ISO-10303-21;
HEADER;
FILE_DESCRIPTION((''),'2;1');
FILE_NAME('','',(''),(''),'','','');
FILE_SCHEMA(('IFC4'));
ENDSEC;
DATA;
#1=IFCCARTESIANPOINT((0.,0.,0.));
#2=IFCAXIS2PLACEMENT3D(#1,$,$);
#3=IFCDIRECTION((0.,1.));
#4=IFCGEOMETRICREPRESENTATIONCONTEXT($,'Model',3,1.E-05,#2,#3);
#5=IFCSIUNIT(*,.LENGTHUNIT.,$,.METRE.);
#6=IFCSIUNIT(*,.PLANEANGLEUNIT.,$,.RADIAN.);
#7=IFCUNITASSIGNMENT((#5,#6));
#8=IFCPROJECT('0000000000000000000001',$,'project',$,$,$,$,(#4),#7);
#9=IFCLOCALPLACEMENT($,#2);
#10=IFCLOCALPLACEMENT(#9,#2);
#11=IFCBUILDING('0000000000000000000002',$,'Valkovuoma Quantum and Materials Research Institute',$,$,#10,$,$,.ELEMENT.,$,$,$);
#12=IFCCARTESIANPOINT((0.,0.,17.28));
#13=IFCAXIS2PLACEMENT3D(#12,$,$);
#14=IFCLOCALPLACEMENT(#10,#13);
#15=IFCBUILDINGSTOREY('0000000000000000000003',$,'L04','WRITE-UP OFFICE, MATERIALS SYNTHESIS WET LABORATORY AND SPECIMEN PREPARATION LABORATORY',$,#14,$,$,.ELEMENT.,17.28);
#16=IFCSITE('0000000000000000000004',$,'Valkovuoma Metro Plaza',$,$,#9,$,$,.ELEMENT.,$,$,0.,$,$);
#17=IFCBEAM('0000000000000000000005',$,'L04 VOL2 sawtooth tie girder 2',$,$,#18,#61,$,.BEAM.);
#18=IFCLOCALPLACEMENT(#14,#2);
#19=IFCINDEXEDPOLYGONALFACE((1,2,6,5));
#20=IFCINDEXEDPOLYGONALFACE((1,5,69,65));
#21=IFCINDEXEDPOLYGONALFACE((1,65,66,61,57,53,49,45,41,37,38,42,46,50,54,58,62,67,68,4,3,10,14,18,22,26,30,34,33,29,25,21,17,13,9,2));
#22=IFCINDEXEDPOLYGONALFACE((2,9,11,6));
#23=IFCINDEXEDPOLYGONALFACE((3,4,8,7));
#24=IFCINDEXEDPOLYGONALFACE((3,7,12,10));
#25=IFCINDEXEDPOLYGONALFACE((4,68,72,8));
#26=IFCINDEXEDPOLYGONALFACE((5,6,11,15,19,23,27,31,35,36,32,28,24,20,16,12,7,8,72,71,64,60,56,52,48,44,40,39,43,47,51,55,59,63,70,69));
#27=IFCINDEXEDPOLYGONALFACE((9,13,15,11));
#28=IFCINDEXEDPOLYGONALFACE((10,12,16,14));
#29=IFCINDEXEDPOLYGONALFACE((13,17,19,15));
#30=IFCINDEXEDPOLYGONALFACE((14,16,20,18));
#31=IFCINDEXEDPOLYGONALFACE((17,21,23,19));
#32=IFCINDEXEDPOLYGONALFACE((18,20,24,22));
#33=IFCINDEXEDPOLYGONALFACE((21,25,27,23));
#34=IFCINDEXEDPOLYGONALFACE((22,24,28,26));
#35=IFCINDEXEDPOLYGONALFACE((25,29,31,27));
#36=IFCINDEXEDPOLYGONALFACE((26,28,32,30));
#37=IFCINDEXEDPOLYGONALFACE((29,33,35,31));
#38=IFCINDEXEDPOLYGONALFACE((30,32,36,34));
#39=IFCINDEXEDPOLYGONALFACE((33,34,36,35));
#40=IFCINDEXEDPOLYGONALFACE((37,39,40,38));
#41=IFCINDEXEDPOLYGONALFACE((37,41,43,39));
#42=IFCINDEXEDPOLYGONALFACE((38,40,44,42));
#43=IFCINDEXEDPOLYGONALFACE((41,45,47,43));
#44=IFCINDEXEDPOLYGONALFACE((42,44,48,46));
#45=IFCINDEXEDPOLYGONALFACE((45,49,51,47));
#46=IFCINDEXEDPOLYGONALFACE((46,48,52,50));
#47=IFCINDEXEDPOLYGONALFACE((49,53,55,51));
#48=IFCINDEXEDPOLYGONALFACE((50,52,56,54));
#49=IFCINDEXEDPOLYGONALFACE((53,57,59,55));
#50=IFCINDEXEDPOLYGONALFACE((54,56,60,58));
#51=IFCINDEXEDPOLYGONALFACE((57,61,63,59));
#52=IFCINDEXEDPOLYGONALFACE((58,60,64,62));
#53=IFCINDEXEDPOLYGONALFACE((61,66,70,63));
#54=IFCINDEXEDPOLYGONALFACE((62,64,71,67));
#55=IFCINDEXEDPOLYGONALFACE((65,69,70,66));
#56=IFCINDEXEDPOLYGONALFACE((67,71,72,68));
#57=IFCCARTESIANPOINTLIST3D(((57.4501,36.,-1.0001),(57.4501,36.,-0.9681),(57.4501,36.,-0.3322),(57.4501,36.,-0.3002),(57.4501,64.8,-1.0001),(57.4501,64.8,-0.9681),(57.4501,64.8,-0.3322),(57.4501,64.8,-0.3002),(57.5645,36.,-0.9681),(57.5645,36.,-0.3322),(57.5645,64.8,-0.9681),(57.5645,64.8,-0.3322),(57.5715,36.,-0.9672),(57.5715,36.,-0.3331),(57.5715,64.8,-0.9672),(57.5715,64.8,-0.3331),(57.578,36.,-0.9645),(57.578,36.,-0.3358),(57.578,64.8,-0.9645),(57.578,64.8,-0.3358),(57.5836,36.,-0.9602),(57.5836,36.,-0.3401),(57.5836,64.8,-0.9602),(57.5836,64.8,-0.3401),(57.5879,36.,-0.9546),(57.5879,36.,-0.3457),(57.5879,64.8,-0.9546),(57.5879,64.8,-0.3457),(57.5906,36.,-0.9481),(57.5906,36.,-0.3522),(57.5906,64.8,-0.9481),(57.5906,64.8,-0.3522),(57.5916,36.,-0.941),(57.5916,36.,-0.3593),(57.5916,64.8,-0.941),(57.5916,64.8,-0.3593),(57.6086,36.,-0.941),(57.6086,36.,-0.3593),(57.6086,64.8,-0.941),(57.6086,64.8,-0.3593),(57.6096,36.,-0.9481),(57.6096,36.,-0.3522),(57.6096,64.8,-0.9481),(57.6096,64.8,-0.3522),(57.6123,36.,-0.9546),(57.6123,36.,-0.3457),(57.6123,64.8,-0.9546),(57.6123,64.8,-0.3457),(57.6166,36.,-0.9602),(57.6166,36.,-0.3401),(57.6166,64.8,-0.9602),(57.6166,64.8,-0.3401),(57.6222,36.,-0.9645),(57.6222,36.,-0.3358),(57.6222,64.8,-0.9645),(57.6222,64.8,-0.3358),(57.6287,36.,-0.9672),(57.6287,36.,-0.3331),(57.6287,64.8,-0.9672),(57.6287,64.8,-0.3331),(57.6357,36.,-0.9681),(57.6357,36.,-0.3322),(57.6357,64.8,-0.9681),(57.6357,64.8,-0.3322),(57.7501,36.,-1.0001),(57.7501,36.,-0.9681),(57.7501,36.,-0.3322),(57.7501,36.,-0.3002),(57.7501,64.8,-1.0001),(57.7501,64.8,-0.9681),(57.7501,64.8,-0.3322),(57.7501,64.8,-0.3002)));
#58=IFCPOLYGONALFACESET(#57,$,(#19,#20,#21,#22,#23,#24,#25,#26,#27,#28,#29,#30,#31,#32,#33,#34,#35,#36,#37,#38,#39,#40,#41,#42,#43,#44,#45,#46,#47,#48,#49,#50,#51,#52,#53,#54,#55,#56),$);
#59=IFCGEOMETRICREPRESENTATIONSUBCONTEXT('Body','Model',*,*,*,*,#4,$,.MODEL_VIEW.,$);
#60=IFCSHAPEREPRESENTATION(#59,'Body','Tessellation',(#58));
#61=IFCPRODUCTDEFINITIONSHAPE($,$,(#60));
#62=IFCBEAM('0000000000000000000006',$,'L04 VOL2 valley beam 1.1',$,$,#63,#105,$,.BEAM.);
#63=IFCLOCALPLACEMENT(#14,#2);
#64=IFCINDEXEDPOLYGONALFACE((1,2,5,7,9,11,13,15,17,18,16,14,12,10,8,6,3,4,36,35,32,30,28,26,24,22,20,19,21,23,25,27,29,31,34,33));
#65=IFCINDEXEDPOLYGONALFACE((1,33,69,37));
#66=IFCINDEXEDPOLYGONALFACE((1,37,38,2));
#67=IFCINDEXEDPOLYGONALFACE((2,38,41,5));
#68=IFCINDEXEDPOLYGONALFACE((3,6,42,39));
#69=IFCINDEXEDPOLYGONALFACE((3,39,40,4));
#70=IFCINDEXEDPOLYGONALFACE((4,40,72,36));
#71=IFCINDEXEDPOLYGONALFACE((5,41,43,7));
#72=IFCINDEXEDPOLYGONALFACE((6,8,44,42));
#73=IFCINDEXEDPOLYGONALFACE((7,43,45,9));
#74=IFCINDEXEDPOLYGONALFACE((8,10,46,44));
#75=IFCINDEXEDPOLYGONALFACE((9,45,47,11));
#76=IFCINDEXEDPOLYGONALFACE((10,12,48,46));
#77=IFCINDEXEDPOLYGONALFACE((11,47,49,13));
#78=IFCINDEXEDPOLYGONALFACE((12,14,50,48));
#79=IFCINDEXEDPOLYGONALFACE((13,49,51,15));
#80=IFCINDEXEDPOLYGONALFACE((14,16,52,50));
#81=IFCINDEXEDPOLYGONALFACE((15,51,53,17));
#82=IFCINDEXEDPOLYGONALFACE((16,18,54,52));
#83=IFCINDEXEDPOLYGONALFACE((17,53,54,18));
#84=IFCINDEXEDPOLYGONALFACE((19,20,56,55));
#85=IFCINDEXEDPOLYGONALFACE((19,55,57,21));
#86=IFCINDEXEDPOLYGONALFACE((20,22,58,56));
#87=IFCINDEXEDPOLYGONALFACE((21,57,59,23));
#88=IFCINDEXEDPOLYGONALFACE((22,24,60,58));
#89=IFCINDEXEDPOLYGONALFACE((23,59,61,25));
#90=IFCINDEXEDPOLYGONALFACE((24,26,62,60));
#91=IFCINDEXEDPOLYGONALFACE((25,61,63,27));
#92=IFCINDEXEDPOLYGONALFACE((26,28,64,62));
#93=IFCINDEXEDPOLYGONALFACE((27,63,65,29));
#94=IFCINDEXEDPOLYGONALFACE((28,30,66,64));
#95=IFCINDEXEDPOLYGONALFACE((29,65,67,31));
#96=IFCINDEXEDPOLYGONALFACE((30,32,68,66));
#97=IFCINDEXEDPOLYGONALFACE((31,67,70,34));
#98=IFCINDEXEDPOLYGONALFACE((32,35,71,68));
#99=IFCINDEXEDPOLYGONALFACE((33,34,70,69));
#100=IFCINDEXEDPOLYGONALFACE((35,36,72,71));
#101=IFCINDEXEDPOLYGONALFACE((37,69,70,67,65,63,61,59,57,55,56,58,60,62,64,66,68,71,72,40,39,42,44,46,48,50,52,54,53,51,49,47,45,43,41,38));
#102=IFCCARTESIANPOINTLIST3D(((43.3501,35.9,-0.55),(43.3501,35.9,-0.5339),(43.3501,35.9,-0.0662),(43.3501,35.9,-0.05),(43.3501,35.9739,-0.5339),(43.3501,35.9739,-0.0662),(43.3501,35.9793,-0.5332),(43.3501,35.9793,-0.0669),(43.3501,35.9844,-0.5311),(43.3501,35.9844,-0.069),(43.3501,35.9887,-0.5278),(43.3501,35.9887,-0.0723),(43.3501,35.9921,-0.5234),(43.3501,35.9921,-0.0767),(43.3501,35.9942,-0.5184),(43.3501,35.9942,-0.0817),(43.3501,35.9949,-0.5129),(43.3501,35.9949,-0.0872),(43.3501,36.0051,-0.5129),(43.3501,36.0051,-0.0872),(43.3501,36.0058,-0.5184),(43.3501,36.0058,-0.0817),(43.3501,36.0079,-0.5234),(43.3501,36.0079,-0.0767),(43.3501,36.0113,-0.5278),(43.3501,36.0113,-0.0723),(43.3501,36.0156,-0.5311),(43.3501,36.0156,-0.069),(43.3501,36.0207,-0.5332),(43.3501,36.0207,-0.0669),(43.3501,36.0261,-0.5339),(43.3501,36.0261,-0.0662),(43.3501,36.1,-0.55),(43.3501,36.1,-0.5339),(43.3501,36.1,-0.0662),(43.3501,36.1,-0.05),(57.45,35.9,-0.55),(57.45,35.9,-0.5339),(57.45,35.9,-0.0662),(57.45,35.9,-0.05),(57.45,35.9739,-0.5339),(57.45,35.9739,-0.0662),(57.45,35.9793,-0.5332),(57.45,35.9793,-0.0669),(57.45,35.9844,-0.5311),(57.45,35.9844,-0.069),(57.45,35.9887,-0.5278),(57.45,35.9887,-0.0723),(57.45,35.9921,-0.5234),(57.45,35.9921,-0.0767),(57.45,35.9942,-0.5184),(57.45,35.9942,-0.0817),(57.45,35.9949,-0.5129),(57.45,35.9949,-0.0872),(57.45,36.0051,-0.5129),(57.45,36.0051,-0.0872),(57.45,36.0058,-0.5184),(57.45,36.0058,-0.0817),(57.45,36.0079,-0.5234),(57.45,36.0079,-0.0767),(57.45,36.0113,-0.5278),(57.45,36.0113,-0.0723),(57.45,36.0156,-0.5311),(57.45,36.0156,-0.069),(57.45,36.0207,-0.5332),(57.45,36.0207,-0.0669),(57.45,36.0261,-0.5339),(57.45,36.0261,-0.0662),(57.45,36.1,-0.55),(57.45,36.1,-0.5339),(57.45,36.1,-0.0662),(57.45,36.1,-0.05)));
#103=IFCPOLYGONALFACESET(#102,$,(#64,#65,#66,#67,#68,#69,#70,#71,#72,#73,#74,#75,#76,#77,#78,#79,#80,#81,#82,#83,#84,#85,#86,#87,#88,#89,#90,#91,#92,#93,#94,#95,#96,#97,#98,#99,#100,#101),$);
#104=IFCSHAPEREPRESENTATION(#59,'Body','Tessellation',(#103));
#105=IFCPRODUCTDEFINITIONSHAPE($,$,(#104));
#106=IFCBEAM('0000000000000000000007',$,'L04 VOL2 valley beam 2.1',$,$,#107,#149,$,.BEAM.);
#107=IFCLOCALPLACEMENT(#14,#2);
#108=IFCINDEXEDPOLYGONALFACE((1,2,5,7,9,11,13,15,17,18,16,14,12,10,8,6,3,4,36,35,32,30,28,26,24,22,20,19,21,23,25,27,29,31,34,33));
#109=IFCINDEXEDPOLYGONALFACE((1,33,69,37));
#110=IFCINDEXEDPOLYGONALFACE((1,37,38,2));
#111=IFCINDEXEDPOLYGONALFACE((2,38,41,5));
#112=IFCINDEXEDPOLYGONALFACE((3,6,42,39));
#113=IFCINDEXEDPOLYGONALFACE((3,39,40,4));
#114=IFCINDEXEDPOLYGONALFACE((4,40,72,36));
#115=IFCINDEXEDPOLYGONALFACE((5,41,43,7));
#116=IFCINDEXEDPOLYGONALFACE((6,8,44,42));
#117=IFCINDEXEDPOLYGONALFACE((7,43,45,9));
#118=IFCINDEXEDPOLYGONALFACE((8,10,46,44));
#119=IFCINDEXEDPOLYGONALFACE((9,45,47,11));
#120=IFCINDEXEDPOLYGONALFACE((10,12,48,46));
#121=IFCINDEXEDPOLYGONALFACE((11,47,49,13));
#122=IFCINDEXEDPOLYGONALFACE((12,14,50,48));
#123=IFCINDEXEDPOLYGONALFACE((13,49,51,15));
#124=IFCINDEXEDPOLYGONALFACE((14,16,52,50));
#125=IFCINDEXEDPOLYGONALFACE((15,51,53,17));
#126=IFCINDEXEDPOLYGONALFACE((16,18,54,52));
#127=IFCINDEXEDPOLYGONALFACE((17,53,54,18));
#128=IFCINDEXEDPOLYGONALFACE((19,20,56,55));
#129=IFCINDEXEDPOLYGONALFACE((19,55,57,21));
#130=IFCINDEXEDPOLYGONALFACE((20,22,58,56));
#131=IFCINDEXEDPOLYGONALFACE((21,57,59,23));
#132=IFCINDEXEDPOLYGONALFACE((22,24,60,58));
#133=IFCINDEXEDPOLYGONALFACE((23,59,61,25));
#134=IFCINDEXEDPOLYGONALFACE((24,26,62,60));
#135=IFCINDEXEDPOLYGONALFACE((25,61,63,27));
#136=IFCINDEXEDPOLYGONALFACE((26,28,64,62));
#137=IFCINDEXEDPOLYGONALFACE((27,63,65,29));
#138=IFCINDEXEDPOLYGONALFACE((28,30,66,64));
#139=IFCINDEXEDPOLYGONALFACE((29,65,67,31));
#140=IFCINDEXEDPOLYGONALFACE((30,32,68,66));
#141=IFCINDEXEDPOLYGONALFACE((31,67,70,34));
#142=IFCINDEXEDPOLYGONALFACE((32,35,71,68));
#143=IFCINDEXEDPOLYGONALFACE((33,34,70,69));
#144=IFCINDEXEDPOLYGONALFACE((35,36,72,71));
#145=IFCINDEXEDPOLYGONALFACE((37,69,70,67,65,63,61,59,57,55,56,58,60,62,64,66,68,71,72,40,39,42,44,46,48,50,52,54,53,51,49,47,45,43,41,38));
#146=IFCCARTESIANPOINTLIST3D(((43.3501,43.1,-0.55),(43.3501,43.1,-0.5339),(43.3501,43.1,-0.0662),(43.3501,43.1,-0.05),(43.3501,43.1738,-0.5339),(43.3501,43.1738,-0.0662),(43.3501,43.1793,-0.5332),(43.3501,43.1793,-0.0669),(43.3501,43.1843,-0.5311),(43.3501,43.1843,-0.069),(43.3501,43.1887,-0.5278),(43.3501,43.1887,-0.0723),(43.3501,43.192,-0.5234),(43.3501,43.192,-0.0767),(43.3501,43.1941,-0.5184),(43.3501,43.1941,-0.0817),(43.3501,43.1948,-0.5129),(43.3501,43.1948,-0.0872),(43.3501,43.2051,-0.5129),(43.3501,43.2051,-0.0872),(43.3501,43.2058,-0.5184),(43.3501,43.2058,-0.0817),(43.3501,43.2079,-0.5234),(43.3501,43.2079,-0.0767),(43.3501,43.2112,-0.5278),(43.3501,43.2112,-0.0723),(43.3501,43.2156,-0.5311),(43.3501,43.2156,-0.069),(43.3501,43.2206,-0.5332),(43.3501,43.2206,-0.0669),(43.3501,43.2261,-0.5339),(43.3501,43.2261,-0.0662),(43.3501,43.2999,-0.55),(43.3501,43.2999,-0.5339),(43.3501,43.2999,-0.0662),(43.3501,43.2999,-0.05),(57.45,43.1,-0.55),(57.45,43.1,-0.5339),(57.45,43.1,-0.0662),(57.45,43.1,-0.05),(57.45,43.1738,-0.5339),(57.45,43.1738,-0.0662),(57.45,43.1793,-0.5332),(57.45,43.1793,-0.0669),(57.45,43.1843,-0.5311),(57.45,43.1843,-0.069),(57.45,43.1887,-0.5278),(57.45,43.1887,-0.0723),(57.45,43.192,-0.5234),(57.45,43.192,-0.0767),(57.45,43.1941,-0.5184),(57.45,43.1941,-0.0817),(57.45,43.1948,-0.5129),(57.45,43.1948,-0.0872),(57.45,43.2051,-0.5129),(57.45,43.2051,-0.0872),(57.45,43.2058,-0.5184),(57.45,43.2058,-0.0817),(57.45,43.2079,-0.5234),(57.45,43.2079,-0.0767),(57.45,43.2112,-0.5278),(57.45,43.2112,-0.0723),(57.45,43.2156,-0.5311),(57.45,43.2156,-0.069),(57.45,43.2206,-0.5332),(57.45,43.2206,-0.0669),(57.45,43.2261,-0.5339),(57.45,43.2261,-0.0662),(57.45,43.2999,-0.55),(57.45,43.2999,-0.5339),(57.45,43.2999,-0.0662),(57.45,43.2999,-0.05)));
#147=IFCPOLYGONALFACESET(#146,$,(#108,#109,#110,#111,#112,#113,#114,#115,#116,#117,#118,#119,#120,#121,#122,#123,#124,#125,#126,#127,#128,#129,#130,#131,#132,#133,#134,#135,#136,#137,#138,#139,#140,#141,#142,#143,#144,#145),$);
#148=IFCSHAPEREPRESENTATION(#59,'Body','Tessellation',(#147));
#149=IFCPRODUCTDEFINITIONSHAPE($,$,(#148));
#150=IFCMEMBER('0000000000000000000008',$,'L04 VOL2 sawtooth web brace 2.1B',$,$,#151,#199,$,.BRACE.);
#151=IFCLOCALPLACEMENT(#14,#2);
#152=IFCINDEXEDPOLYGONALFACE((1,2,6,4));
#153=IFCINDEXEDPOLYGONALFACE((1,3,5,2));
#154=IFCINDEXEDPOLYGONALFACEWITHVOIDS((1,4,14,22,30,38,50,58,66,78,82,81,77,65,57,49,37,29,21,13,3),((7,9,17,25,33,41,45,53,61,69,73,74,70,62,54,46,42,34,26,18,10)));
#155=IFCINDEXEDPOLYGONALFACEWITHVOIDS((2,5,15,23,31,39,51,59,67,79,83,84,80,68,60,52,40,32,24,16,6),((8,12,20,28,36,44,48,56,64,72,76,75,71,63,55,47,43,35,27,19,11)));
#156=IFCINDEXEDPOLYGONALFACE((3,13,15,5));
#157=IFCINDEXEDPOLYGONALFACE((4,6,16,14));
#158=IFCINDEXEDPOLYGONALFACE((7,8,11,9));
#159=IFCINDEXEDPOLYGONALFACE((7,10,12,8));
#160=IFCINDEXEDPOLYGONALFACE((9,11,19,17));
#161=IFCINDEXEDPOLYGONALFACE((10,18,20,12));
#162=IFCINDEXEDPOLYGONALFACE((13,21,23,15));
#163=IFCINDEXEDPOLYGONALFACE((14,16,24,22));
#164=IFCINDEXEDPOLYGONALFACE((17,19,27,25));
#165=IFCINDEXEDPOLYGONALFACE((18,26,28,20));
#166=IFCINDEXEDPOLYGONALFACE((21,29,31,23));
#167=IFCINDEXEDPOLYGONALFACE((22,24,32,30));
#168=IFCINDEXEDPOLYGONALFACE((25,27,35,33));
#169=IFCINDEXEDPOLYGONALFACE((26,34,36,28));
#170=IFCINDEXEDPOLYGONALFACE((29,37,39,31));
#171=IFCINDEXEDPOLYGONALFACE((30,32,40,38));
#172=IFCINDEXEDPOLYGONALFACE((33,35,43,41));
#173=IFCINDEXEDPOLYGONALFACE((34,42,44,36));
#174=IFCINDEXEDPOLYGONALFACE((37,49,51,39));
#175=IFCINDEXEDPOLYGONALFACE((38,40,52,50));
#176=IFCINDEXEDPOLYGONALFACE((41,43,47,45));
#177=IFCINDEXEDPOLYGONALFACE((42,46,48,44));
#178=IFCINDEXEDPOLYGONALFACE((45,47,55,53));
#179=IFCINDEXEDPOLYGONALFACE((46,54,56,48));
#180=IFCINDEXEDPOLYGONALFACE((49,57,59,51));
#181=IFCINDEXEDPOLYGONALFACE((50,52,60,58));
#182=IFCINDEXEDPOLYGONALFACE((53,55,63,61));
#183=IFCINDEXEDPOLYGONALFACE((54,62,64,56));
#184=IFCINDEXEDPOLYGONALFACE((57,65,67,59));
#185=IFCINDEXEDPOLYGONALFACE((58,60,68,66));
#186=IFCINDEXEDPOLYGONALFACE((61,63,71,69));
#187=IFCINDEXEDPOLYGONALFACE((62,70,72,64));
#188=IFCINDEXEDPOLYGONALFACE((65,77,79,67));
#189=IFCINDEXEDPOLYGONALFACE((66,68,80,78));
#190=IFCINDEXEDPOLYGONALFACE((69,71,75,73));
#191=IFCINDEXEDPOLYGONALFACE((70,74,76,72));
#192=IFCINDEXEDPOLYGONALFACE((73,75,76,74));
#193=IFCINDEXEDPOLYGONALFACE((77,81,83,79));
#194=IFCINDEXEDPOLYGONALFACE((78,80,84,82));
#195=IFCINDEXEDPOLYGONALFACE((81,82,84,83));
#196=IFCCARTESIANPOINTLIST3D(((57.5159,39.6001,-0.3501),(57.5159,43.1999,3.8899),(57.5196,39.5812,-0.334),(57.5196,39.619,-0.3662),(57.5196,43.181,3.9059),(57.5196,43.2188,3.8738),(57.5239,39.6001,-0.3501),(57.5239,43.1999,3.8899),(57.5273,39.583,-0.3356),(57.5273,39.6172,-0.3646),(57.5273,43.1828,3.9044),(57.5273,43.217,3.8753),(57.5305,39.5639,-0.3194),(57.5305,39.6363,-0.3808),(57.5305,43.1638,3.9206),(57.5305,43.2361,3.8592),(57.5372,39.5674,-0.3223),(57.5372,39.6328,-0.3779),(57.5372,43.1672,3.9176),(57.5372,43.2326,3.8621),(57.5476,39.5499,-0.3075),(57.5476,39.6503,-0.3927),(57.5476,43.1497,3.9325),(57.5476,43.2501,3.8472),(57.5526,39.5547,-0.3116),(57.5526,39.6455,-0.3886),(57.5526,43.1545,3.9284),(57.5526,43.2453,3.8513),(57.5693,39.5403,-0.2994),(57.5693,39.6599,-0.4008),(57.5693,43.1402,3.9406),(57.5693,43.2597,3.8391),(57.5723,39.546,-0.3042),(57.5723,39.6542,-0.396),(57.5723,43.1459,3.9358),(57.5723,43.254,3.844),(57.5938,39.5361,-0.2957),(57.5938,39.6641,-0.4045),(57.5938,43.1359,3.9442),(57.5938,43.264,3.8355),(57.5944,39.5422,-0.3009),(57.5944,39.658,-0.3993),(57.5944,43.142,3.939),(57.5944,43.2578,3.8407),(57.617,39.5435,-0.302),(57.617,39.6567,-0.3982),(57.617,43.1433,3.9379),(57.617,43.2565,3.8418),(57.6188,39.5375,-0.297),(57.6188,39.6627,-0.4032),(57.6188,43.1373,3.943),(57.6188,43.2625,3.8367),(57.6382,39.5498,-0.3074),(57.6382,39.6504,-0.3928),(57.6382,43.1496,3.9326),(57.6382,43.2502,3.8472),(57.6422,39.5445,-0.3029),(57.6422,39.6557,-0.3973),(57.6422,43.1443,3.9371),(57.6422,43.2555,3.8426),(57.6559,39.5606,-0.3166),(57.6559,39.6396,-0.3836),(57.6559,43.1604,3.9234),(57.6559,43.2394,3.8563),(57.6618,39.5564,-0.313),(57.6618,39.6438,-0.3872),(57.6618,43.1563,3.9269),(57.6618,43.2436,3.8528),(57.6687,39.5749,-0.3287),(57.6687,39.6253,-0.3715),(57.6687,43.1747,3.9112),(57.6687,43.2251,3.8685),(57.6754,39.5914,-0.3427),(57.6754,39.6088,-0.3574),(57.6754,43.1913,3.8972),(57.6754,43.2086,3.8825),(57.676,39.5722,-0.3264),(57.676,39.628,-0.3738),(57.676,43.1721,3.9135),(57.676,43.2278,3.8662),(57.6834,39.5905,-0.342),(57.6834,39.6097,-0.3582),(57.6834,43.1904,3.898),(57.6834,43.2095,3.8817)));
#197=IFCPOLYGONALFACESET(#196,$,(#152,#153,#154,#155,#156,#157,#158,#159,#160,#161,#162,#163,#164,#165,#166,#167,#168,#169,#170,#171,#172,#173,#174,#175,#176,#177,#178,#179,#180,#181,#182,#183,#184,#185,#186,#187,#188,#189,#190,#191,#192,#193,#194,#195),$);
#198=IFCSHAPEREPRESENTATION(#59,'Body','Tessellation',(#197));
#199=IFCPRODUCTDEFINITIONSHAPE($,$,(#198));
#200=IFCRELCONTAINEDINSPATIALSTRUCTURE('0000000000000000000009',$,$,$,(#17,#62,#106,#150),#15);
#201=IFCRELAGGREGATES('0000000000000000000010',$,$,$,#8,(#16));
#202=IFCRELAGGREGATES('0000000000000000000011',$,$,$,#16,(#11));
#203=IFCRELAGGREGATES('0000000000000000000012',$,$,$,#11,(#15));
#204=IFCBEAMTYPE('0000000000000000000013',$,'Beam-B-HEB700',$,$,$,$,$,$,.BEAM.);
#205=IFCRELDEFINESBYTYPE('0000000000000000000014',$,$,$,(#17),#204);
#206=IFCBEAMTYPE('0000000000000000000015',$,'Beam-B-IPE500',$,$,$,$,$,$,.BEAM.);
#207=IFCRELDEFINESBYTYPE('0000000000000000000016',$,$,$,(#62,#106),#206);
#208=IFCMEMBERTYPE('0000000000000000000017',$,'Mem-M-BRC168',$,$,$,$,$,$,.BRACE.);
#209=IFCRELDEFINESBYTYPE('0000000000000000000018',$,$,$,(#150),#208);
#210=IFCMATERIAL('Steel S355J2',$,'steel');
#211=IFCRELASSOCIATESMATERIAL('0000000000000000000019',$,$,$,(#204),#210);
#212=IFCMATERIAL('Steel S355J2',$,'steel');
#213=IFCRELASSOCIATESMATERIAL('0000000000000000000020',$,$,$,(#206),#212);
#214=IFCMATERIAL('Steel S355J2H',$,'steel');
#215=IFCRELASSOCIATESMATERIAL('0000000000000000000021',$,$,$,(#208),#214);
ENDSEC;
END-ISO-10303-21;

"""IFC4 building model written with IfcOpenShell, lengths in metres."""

from ifc_helpers import new_model, si_unit, direction, frame, origin, origin_2d, place, context, subcontext, project, spatial, hollow_circle, i_section, extrude, material, material_profile, profile_set, type_object, element, save


model = new_model("IFC4")

# Units and contexts
model_context = context("Model", 3, precision=1e-05, world=origin(), true_north=direction((0.0, 1.0)))
body_context = subcontext(model_context, "Body", "Model", "MODEL_VIEW")
ifc_project = project(units=[si_unit("LENGTHUNIT", "METRE"), si_unit("PLANEANGLEUNIT", "RADIAN")], contexts=[model_context])

# Site, building, storey
site_placement = place(None, origin())
site = spatial("IfcSite", under=ifc_project, at=site_placement, Name="Valkovuoma Metro Plaza", CompositionType="ELEMENT", RefElevation=0.0)
building_placement = place(site_placement, origin())
building = spatial("IfcBuilding", under=site, at=building_placement, Name="Valkovuoma Quantum and Materials Research Institute", CompositionType="ELEMENT")
storey_placement = place(building_placement, frame((0.0, 0.0, 17.28)))
storey = spatial("IfcBuildingStorey", under=building, at=storey_placement, Name="L04", Description="WRITE-UP OFFICE, MATERIALS SYNTHESIS WET LABORATORY AND SPECIMEN PREPARATION LABORATORY", CompositionType="ELEMENT", Elevation=17.28)

# Beams
ifc_material_1 = material(Name="Steel S355J2", Category="steel")
ifc_material_profile_1 = material_profile(ifc_material_1, i_section(OverallWidth=0.3, OverallDepth=0.7, WebThickness=0.0171, FlangeThickness=0.032, FilletRadius=0.0271, at=origin_2d()), Name="Steel S355J2")
ifc_profile_set_1 = profile_set([ifc_material_profile_1], Name="Steel S355J2")
beam_type_1 = type_object("IfcBeamType", Name="Beam-B-HEB700", PredefinedType="BEAM", material=ifc_profile_set_1)
beam_placement = place(storey_placement, frame((57.6001, 36.0, -0.6501), z_axis=(0.0, 1.0, 0.0), x_axis=(-1.0, 0.0, 0.0)))
element("IfcBeam", 1, at=beam_placement, inside=storey, type_object=beam_type_1, Name="L04 VOL2 sawtooth tie girder 2", PredefinedType="BEAM", context=body_context, shape_type="SweptSolid", body=[
    extrude(i_section(OverallWidth=0.3, OverallDepth=0.7, WebThickness=0.0171, FlangeThickness=0.032, FilletRadius=0.0271, at=origin_2d()), origin(), (0.0, 0.0, 1.0), 28.8),
])
ifc_material_2 = material(Name="Steel S355J2", Category="steel")
ifc_material_profile_2 = material_profile(ifc_material_2, i_section(OverallWidth=0.2, OverallDepth=0.5, WebThickness=0.0103, FlangeThickness=0.0161, FilletRadius=0.021, at=origin_2d()), Name="Steel S355J2")
ifc_profile_set_2 = profile_set([ifc_material_profile_2], Name="Steel S355J2")
beam_type_2 = type_object("IfcBeamType", Name="Beam-B-IPE500", PredefinedType="BEAM", material=ifc_profile_set_2)
for number, where, z_axis, x_axis, name in (
    (2, (43.3501, 36.0, -0.3), (1.0, 0.0, 0.0), (0.0, 1.0, 0.0), "L04 VOL2 valley beam 1.1"),
    (3, (43.3501, 43.2, -0.3), (1.0, 0.0, 0.0), (0.0, 1.0, 0.0), "L04 VOL2 valley beam 2.1"),
):
    element("IfcBeam", number, at=place(storey_placement, frame(where, z_axis=z_axis, x_axis=x_axis)), inside=storey, type_object=beam_type_2, Name=name, PredefinedType="BEAM", context=body_context, shape_type="SweptSolid", body=[
        extrude(i_section(OverallWidth=0.2, OverallDepth=0.5, WebThickness=0.0103, FlangeThickness=0.0161, FilletRadius=0.021, at=origin_2d()), origin(), (0.0, 0.0, 1.0), 14.0999),
    ])

# Member
ifc_material_3 = material(Name="Steel S355J2H", Category="steel")
ifc_material_profile_3 = material_profile(ifc_material_3, hollow_circle(Radius=0.0842, WallThickness=0.0081, at=origin_2d()), Name="Steel S355J2H")
ifc_profile_set_3 = profile_set([ifc_material_profile_3], Name="Steel S355J2H")
member_type_1 = type_object("IfcMemberType", Name="Mem-M-BRC168", PredefinedType="BRACE", material=ifc_profile_set_3)
member_1_placement = place(storey_placement, frame((57.6001, 39.6001, -0.3501), z_axis=(0.0, 0.647216, 0.762306), x_axis=(-1.0, 0.0, 0.0)))
element("IfcMember", 4, at=member_1_placement, inside=storey, type_object=member_type_1, Name="L04 VOL2 sawtooth web brace 2.1B", PredefinedType="BRACE", context=body_context, shape_type="SweptSolid", body=[
    extrude(hollow_circle(Radius=0.0842, WallThickness=0.0081, at=origin_2d()), origin(), (0.0, 0.0, 1.0), 5.562),
])

save(model, "model.ifc")
